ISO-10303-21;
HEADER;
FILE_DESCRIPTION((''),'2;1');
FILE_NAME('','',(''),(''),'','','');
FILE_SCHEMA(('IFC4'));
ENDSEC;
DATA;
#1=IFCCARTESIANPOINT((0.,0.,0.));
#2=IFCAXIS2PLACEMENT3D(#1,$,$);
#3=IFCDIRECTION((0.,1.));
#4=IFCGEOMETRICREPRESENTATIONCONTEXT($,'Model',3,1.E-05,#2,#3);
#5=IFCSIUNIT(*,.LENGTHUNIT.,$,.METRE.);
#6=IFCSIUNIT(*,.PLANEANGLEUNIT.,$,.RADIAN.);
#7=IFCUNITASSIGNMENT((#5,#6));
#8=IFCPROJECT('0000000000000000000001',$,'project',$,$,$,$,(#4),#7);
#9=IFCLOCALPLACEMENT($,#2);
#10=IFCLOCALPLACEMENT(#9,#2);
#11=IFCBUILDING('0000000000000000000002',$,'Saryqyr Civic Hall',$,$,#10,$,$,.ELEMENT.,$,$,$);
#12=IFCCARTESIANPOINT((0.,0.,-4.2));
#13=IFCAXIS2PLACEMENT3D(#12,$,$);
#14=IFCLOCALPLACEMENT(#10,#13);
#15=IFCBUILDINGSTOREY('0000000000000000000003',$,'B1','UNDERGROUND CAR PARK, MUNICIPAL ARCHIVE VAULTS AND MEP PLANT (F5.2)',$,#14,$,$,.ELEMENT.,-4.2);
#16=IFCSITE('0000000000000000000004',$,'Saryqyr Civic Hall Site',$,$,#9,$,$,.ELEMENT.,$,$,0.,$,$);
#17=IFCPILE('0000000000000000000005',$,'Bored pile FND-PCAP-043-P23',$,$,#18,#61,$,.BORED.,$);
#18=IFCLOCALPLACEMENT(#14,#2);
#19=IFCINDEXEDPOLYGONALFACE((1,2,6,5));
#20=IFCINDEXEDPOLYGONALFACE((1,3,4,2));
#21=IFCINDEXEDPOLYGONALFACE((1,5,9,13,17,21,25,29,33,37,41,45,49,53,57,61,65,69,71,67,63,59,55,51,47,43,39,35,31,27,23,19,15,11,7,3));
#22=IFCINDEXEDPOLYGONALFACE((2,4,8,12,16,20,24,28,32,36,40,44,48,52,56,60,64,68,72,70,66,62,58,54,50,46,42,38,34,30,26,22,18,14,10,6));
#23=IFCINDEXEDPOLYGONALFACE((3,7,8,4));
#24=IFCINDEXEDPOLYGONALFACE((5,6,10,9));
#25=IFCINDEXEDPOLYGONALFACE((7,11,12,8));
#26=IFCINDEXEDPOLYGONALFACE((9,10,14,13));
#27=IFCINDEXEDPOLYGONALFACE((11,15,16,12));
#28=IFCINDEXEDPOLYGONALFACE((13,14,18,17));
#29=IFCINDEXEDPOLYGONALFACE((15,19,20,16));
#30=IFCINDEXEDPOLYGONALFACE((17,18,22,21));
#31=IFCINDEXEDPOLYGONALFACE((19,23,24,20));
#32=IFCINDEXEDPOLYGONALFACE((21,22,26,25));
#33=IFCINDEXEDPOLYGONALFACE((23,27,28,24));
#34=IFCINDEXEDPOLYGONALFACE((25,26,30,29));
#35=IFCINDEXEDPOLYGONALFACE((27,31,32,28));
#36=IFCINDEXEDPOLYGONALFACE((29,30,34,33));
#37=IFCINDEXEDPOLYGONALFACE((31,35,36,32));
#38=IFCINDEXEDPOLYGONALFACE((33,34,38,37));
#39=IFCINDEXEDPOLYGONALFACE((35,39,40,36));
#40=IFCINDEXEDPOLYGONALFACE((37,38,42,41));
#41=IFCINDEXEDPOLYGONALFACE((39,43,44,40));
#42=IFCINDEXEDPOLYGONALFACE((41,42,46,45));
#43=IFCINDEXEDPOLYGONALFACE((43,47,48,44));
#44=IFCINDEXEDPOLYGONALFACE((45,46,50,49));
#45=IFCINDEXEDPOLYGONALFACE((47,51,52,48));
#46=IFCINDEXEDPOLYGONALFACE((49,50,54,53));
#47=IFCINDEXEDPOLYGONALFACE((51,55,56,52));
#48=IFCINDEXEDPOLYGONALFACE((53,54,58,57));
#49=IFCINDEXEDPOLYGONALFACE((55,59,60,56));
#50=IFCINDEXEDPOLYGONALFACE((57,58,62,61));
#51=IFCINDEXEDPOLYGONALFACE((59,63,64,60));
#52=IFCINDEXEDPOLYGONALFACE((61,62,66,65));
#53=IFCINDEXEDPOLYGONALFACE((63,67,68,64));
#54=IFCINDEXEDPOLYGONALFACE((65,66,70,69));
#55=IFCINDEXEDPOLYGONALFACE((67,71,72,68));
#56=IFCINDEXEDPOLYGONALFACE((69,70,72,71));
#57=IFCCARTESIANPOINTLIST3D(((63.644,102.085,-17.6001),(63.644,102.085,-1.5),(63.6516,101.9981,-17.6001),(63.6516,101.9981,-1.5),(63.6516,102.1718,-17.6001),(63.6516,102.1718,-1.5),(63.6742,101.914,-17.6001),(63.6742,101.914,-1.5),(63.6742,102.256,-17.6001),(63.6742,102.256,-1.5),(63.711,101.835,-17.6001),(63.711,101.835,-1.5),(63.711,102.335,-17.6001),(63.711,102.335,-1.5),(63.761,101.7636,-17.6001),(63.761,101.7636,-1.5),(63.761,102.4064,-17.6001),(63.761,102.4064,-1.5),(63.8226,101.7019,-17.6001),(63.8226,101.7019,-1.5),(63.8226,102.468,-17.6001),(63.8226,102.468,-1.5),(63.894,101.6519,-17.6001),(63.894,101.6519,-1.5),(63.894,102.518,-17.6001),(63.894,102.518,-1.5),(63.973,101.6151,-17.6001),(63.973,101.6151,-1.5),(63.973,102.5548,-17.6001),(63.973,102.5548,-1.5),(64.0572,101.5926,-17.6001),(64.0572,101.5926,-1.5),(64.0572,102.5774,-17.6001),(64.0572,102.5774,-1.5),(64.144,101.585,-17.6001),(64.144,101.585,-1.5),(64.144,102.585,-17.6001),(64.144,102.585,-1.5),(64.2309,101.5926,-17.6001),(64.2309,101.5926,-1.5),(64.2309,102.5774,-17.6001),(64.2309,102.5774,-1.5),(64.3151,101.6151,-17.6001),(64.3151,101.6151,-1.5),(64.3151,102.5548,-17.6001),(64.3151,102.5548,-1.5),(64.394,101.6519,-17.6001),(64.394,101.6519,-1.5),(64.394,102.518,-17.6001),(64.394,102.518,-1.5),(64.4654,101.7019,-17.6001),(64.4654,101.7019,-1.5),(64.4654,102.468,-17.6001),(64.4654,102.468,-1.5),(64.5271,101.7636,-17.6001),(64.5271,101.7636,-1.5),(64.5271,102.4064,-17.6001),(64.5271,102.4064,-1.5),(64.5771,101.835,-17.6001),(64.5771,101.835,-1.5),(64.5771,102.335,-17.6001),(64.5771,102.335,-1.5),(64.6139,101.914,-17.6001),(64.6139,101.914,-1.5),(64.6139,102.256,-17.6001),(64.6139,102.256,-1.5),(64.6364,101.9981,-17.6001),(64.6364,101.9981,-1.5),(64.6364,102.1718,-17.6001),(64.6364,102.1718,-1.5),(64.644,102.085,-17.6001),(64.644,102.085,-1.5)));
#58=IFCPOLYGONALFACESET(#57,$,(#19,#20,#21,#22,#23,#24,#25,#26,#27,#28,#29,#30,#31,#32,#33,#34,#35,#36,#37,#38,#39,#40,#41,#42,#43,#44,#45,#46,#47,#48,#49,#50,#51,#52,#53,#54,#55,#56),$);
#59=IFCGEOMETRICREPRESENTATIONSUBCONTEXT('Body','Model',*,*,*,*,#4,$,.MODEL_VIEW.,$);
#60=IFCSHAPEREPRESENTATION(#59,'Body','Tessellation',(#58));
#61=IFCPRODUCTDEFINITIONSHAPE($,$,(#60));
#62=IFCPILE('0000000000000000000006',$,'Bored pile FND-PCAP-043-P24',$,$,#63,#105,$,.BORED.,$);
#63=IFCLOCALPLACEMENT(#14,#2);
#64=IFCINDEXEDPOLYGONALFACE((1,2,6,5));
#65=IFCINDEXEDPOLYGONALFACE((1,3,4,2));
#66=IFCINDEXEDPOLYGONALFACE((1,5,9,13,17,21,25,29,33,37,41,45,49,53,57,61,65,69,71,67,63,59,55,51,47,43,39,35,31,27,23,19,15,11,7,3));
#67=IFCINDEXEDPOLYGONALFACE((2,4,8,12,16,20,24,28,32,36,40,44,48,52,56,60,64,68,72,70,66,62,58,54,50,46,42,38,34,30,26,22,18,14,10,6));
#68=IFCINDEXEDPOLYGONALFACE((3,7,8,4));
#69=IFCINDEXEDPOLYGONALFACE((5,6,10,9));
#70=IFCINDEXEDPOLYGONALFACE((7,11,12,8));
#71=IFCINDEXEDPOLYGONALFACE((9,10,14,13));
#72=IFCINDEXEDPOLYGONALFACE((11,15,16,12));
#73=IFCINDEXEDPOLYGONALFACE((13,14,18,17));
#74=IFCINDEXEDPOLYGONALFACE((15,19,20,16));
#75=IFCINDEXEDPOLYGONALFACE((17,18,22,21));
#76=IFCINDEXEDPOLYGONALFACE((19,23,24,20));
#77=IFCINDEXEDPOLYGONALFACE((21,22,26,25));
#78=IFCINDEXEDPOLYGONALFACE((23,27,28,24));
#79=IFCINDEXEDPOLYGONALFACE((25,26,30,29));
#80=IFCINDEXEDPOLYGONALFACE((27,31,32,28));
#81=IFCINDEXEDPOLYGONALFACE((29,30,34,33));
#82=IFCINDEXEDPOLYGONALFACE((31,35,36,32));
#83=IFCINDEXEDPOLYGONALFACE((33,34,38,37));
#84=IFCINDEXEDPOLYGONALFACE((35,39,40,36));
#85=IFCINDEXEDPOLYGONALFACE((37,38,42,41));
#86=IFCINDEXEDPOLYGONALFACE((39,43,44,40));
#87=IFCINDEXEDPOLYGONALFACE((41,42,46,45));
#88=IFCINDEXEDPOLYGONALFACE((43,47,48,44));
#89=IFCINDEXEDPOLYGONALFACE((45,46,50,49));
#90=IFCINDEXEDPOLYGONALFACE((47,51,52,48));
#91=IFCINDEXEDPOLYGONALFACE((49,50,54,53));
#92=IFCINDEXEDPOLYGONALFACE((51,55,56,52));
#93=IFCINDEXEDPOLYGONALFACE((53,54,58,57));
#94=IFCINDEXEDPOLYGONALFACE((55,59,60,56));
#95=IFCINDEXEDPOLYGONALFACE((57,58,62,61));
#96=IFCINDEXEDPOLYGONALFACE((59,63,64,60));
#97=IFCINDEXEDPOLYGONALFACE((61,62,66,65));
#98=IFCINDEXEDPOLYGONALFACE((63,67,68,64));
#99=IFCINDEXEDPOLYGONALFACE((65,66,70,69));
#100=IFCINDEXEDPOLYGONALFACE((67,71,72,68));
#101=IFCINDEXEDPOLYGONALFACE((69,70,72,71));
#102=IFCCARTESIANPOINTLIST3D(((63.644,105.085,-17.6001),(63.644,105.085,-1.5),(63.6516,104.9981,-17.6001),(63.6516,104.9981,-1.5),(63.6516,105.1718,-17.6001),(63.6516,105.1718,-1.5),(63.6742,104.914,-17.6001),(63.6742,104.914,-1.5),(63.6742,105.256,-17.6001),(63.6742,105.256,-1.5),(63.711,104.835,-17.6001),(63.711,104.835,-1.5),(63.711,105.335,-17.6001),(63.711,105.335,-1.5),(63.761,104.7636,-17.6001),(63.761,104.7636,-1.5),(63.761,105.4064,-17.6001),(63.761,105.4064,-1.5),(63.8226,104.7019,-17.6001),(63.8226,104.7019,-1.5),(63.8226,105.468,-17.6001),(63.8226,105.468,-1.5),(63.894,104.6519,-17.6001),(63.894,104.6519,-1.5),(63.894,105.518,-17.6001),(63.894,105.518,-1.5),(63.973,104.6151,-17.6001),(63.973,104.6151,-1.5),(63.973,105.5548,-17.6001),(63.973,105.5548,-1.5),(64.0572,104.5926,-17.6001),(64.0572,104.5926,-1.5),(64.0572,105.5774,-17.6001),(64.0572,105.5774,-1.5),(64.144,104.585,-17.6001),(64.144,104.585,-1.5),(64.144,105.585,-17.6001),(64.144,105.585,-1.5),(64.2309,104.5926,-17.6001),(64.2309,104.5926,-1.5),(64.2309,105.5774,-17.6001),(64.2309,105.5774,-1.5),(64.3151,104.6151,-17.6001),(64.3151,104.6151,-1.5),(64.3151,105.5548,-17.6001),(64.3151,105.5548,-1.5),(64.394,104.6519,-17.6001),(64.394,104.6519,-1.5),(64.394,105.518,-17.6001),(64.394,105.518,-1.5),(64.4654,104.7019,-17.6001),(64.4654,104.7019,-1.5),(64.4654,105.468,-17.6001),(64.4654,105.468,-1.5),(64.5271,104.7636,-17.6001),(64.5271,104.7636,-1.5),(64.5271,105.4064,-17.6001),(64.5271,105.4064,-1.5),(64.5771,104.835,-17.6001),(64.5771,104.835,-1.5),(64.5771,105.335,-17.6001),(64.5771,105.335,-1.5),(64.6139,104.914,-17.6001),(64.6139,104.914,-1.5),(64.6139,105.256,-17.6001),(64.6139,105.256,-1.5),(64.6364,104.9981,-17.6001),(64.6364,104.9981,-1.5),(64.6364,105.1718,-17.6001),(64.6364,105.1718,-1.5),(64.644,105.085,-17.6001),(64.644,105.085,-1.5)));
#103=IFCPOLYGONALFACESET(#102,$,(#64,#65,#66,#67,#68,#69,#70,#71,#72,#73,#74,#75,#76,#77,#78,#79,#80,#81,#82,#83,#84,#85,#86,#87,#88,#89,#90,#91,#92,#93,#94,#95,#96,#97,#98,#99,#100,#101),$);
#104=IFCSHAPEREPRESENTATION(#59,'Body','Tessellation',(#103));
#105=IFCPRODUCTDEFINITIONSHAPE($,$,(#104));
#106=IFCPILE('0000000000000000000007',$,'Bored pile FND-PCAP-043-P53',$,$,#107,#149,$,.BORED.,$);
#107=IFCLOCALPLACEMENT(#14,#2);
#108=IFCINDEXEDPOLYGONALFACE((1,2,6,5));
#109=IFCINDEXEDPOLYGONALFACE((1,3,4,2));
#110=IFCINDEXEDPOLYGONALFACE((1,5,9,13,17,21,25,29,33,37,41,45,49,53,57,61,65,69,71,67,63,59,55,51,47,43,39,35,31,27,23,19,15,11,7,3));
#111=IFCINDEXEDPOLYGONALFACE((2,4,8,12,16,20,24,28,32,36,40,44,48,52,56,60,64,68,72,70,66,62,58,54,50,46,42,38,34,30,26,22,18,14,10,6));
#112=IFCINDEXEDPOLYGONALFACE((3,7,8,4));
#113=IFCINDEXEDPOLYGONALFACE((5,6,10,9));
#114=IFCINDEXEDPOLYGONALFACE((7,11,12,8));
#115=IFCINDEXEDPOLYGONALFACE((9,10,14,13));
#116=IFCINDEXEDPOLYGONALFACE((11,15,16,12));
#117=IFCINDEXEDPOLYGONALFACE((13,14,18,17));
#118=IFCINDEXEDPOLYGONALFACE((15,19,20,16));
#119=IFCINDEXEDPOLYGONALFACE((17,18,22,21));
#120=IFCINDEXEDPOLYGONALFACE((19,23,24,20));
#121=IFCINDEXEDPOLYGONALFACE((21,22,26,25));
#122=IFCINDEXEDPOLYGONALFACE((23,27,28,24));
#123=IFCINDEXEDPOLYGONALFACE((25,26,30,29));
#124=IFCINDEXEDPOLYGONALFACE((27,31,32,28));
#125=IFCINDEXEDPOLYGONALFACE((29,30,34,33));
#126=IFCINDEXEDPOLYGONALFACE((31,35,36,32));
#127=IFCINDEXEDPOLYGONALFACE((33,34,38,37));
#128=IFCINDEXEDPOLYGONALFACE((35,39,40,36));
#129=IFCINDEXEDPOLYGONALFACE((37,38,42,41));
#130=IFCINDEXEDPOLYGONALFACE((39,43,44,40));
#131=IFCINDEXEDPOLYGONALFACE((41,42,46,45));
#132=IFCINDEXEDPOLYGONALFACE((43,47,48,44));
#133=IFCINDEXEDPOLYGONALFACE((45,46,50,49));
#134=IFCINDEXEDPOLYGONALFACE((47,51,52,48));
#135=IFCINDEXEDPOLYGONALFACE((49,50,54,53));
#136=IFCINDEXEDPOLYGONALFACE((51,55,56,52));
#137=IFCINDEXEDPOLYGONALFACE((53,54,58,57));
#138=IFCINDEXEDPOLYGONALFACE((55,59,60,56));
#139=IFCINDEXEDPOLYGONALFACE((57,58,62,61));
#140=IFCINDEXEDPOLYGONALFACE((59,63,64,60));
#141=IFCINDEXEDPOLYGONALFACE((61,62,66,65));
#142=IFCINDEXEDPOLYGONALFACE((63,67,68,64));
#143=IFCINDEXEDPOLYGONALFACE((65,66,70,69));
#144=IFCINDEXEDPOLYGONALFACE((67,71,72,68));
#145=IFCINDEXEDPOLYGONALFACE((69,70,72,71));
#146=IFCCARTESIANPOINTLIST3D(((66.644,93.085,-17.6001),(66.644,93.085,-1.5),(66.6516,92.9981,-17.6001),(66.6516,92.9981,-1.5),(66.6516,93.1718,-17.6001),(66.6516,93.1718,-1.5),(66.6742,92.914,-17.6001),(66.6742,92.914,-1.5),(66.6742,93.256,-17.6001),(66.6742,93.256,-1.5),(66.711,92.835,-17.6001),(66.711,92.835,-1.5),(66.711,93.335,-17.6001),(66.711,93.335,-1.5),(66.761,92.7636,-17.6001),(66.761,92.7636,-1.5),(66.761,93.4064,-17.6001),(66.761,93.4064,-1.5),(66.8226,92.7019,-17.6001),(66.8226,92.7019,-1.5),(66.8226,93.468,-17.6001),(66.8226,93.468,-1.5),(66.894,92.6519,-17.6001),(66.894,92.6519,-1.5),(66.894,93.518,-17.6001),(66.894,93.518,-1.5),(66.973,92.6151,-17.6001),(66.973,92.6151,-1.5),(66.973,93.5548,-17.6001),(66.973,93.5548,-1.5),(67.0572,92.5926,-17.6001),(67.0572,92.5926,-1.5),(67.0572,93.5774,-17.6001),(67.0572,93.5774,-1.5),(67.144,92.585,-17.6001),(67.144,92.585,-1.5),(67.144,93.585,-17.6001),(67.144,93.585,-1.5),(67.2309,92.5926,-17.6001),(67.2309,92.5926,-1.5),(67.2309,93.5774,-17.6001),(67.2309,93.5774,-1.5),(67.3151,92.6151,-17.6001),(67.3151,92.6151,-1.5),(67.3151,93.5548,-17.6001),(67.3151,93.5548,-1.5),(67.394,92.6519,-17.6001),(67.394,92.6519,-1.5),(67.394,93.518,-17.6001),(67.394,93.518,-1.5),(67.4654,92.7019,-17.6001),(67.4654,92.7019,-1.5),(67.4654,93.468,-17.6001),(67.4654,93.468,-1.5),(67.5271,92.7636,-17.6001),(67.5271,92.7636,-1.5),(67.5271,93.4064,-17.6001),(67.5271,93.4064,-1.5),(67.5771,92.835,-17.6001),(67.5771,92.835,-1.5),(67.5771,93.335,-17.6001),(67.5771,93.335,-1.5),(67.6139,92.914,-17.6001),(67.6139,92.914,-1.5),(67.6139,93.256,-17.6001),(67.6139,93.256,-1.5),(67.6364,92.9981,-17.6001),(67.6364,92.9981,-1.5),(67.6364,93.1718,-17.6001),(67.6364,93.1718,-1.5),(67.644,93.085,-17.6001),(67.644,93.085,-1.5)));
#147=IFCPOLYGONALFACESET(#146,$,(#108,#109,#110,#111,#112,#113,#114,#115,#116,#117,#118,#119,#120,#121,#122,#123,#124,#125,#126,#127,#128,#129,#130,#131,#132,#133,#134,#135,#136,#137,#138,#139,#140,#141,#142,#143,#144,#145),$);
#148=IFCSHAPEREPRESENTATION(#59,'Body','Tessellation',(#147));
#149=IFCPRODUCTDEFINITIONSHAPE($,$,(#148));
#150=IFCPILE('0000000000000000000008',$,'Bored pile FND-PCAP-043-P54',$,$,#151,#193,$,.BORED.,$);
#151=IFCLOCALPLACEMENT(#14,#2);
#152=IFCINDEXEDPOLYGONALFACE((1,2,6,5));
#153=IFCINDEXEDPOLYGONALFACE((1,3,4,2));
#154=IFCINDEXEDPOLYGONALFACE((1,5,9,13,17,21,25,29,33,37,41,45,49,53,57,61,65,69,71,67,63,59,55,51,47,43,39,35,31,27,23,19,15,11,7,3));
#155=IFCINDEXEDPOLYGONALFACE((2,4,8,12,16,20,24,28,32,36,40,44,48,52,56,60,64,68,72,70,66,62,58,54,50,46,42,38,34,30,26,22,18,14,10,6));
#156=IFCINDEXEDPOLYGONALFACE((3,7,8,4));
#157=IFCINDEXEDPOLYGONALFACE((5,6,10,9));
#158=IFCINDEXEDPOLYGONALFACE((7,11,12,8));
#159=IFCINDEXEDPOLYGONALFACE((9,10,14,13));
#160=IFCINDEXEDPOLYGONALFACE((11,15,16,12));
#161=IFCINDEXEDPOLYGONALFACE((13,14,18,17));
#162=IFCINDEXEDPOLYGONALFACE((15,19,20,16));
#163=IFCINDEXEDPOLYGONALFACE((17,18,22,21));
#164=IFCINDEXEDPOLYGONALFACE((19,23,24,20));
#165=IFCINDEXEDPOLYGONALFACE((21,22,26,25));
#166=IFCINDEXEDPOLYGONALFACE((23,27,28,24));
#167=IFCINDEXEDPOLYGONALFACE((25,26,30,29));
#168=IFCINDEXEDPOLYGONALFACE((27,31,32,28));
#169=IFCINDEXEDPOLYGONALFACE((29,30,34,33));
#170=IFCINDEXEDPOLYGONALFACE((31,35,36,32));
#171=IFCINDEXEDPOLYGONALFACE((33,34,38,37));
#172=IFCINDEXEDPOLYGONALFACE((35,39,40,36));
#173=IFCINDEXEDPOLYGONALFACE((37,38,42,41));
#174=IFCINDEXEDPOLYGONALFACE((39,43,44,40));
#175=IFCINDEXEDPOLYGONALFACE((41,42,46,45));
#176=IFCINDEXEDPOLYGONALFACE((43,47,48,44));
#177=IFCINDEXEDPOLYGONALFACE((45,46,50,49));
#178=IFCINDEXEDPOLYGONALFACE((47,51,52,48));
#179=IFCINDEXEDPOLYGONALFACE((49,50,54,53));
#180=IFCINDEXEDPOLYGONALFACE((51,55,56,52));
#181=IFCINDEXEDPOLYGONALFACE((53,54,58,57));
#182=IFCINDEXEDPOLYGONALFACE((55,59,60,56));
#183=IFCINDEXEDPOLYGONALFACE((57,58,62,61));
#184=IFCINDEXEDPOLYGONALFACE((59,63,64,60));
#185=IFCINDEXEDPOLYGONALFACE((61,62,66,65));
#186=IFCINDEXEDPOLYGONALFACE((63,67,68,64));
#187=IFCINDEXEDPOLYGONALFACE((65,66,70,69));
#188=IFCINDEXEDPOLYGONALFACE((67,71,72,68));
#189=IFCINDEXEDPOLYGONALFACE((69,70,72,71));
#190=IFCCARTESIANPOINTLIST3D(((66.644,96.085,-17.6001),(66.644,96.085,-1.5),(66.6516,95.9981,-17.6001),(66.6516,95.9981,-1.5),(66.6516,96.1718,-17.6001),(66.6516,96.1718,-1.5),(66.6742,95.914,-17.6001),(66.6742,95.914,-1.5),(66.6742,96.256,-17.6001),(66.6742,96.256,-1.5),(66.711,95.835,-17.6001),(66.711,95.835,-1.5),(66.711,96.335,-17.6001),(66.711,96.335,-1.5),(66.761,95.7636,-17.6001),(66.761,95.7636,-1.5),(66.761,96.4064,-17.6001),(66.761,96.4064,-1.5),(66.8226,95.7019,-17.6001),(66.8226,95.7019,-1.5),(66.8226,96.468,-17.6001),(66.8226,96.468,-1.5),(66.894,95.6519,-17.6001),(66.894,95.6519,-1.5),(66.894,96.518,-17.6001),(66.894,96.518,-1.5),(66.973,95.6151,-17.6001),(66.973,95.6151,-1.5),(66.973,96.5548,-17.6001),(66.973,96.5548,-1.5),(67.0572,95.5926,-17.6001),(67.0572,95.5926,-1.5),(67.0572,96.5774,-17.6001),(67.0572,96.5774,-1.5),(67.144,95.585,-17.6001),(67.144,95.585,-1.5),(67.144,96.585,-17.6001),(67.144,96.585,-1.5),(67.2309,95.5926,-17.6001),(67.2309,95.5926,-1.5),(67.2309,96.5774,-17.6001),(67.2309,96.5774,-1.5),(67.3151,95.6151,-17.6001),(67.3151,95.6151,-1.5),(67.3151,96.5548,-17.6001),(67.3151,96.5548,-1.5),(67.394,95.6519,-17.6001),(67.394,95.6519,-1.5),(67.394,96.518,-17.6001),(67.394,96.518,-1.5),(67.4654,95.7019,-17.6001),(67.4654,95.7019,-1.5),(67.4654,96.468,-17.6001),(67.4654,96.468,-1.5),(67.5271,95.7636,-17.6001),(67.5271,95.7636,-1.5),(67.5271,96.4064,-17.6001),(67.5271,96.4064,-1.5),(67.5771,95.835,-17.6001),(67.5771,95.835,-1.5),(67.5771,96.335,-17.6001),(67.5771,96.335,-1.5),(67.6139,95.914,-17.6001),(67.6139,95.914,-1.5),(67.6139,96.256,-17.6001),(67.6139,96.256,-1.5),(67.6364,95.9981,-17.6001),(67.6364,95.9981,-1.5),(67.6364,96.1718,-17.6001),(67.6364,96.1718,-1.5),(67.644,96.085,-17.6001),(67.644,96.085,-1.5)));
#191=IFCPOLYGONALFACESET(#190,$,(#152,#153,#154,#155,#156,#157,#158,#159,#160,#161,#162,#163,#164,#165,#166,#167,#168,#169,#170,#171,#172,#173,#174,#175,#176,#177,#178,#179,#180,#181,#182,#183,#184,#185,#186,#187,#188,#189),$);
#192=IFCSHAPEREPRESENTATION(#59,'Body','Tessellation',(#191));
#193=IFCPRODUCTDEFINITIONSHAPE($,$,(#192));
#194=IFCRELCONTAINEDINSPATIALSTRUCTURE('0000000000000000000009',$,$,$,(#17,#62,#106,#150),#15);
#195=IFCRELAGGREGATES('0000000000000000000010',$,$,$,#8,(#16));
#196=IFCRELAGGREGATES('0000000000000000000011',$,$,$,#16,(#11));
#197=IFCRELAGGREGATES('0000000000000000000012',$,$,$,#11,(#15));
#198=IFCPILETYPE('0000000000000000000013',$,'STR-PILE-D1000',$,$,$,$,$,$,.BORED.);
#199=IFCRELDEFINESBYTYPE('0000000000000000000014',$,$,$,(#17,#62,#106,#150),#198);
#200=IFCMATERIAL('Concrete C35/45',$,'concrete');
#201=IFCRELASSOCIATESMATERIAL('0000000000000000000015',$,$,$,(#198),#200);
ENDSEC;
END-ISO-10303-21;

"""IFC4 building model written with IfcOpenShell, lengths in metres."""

from ifc_helpers import new_model, si_unit, direction, frame, origin, origin_2d, place, context, subcontext, project, spatial, circle, extrude, material, material_profile, profile_set, type_object, element, save


model = new_model("IFC4")

# Units and contexts
model_context = context("Model", 3, precision=1e-05, world=origin(), true_north=direction((0.0, 1.0)))
body_context = subcontext(model_context, "Body", "Model", "MODEL_VIEW")
ifc_project = project(units=[si_unit("LENGTHUNIT", "METRE"), si_unit("PLANEANGLEUNIT", "RADIAN")], contexts=[model_context])

# Site, building, storey
site_placement = place(None, origin())
site = spatial("IfcSite", under=ifc_project, at=site_placement, Name="Saryqyr Civic Hall Site", CompositionType="ELEMENT", RefElevation=0.0)
building_placement = place(site_placement, origin())
building = spatial("IfcBuilding", under=site, at=building_placement, Name="Saryqyr Civic Hall", CompositionType="ELEMENT")
storey_placement = place(building_placement, frame((0.0, 0.0, -4.2)))
storey = spatial("IfcBuildingStorey", under=building, at=storey_placement, Name="B1", Description="UNDERGROUND CAR PARK, MUNICIPAL ARCHIVE VAULTS AND MEP PLANT (F5.2)", CompositionType="ELEMENT", Elevation=-4.2)

# Shared definitions
ifc_material_1 = material(Name="Concrete C35/45", Category="concrete")

# Piles
ifc_material_profile_1 = material_profile(ifc_material_1, circle(Radius=0.5, at=origin_2d()), Name="BORED PILE D1000")
ifc_profile_set_1 = profile_set([ifc_material_profile_1], Name="Concrete C35/45")
pile_type = type_object("IfcPileType", Name="STR-PILE-D1000", PredefinedType="BORED", material=ifc_profile_set_1)
for number, where, z_axis, x_axis, name in (
    (1, (64.144, 102.085, -1.5), (0.0, 0.0, -1.0), (1.0, 0.0, 0.0), "Bored pile FND-PCAP-043-P23"),
    (2, (64.144, 105.085, -1.5), (0.0, 0.0, -1.0), (1.0, 0.0, 0.0), "Bored pile FND-PCAP-043-P24"),
    (3, (67.144, 93.085, -1.5), (0.0, 0.0, -1.0), (1.0, 0.0, 0.0), "Bored pile FND-PCAP-043-P53"),
    (4, (67.144, 96.085, -1.5), (0.0, 0.0, -1.0), (1.0, 0.0, 0.0), "Bored pile FND-PCAP-043-P54"),
):
    element("IfcPile", number, at=place(storey_placement, frame(where, z_axis=z_axis, x_axis=x_axis)), inside=storey, type_object=pile_type, Name=name, PredefinedType="BORED", context=body_context, shape_type="SweptSolid", body=[
        extrude(circle(Radius=0.5, at=origin_2d()), origin(), (0.0, 0.0, 1.0), 16.1001),
    ])

save(model, "model.ifc")
